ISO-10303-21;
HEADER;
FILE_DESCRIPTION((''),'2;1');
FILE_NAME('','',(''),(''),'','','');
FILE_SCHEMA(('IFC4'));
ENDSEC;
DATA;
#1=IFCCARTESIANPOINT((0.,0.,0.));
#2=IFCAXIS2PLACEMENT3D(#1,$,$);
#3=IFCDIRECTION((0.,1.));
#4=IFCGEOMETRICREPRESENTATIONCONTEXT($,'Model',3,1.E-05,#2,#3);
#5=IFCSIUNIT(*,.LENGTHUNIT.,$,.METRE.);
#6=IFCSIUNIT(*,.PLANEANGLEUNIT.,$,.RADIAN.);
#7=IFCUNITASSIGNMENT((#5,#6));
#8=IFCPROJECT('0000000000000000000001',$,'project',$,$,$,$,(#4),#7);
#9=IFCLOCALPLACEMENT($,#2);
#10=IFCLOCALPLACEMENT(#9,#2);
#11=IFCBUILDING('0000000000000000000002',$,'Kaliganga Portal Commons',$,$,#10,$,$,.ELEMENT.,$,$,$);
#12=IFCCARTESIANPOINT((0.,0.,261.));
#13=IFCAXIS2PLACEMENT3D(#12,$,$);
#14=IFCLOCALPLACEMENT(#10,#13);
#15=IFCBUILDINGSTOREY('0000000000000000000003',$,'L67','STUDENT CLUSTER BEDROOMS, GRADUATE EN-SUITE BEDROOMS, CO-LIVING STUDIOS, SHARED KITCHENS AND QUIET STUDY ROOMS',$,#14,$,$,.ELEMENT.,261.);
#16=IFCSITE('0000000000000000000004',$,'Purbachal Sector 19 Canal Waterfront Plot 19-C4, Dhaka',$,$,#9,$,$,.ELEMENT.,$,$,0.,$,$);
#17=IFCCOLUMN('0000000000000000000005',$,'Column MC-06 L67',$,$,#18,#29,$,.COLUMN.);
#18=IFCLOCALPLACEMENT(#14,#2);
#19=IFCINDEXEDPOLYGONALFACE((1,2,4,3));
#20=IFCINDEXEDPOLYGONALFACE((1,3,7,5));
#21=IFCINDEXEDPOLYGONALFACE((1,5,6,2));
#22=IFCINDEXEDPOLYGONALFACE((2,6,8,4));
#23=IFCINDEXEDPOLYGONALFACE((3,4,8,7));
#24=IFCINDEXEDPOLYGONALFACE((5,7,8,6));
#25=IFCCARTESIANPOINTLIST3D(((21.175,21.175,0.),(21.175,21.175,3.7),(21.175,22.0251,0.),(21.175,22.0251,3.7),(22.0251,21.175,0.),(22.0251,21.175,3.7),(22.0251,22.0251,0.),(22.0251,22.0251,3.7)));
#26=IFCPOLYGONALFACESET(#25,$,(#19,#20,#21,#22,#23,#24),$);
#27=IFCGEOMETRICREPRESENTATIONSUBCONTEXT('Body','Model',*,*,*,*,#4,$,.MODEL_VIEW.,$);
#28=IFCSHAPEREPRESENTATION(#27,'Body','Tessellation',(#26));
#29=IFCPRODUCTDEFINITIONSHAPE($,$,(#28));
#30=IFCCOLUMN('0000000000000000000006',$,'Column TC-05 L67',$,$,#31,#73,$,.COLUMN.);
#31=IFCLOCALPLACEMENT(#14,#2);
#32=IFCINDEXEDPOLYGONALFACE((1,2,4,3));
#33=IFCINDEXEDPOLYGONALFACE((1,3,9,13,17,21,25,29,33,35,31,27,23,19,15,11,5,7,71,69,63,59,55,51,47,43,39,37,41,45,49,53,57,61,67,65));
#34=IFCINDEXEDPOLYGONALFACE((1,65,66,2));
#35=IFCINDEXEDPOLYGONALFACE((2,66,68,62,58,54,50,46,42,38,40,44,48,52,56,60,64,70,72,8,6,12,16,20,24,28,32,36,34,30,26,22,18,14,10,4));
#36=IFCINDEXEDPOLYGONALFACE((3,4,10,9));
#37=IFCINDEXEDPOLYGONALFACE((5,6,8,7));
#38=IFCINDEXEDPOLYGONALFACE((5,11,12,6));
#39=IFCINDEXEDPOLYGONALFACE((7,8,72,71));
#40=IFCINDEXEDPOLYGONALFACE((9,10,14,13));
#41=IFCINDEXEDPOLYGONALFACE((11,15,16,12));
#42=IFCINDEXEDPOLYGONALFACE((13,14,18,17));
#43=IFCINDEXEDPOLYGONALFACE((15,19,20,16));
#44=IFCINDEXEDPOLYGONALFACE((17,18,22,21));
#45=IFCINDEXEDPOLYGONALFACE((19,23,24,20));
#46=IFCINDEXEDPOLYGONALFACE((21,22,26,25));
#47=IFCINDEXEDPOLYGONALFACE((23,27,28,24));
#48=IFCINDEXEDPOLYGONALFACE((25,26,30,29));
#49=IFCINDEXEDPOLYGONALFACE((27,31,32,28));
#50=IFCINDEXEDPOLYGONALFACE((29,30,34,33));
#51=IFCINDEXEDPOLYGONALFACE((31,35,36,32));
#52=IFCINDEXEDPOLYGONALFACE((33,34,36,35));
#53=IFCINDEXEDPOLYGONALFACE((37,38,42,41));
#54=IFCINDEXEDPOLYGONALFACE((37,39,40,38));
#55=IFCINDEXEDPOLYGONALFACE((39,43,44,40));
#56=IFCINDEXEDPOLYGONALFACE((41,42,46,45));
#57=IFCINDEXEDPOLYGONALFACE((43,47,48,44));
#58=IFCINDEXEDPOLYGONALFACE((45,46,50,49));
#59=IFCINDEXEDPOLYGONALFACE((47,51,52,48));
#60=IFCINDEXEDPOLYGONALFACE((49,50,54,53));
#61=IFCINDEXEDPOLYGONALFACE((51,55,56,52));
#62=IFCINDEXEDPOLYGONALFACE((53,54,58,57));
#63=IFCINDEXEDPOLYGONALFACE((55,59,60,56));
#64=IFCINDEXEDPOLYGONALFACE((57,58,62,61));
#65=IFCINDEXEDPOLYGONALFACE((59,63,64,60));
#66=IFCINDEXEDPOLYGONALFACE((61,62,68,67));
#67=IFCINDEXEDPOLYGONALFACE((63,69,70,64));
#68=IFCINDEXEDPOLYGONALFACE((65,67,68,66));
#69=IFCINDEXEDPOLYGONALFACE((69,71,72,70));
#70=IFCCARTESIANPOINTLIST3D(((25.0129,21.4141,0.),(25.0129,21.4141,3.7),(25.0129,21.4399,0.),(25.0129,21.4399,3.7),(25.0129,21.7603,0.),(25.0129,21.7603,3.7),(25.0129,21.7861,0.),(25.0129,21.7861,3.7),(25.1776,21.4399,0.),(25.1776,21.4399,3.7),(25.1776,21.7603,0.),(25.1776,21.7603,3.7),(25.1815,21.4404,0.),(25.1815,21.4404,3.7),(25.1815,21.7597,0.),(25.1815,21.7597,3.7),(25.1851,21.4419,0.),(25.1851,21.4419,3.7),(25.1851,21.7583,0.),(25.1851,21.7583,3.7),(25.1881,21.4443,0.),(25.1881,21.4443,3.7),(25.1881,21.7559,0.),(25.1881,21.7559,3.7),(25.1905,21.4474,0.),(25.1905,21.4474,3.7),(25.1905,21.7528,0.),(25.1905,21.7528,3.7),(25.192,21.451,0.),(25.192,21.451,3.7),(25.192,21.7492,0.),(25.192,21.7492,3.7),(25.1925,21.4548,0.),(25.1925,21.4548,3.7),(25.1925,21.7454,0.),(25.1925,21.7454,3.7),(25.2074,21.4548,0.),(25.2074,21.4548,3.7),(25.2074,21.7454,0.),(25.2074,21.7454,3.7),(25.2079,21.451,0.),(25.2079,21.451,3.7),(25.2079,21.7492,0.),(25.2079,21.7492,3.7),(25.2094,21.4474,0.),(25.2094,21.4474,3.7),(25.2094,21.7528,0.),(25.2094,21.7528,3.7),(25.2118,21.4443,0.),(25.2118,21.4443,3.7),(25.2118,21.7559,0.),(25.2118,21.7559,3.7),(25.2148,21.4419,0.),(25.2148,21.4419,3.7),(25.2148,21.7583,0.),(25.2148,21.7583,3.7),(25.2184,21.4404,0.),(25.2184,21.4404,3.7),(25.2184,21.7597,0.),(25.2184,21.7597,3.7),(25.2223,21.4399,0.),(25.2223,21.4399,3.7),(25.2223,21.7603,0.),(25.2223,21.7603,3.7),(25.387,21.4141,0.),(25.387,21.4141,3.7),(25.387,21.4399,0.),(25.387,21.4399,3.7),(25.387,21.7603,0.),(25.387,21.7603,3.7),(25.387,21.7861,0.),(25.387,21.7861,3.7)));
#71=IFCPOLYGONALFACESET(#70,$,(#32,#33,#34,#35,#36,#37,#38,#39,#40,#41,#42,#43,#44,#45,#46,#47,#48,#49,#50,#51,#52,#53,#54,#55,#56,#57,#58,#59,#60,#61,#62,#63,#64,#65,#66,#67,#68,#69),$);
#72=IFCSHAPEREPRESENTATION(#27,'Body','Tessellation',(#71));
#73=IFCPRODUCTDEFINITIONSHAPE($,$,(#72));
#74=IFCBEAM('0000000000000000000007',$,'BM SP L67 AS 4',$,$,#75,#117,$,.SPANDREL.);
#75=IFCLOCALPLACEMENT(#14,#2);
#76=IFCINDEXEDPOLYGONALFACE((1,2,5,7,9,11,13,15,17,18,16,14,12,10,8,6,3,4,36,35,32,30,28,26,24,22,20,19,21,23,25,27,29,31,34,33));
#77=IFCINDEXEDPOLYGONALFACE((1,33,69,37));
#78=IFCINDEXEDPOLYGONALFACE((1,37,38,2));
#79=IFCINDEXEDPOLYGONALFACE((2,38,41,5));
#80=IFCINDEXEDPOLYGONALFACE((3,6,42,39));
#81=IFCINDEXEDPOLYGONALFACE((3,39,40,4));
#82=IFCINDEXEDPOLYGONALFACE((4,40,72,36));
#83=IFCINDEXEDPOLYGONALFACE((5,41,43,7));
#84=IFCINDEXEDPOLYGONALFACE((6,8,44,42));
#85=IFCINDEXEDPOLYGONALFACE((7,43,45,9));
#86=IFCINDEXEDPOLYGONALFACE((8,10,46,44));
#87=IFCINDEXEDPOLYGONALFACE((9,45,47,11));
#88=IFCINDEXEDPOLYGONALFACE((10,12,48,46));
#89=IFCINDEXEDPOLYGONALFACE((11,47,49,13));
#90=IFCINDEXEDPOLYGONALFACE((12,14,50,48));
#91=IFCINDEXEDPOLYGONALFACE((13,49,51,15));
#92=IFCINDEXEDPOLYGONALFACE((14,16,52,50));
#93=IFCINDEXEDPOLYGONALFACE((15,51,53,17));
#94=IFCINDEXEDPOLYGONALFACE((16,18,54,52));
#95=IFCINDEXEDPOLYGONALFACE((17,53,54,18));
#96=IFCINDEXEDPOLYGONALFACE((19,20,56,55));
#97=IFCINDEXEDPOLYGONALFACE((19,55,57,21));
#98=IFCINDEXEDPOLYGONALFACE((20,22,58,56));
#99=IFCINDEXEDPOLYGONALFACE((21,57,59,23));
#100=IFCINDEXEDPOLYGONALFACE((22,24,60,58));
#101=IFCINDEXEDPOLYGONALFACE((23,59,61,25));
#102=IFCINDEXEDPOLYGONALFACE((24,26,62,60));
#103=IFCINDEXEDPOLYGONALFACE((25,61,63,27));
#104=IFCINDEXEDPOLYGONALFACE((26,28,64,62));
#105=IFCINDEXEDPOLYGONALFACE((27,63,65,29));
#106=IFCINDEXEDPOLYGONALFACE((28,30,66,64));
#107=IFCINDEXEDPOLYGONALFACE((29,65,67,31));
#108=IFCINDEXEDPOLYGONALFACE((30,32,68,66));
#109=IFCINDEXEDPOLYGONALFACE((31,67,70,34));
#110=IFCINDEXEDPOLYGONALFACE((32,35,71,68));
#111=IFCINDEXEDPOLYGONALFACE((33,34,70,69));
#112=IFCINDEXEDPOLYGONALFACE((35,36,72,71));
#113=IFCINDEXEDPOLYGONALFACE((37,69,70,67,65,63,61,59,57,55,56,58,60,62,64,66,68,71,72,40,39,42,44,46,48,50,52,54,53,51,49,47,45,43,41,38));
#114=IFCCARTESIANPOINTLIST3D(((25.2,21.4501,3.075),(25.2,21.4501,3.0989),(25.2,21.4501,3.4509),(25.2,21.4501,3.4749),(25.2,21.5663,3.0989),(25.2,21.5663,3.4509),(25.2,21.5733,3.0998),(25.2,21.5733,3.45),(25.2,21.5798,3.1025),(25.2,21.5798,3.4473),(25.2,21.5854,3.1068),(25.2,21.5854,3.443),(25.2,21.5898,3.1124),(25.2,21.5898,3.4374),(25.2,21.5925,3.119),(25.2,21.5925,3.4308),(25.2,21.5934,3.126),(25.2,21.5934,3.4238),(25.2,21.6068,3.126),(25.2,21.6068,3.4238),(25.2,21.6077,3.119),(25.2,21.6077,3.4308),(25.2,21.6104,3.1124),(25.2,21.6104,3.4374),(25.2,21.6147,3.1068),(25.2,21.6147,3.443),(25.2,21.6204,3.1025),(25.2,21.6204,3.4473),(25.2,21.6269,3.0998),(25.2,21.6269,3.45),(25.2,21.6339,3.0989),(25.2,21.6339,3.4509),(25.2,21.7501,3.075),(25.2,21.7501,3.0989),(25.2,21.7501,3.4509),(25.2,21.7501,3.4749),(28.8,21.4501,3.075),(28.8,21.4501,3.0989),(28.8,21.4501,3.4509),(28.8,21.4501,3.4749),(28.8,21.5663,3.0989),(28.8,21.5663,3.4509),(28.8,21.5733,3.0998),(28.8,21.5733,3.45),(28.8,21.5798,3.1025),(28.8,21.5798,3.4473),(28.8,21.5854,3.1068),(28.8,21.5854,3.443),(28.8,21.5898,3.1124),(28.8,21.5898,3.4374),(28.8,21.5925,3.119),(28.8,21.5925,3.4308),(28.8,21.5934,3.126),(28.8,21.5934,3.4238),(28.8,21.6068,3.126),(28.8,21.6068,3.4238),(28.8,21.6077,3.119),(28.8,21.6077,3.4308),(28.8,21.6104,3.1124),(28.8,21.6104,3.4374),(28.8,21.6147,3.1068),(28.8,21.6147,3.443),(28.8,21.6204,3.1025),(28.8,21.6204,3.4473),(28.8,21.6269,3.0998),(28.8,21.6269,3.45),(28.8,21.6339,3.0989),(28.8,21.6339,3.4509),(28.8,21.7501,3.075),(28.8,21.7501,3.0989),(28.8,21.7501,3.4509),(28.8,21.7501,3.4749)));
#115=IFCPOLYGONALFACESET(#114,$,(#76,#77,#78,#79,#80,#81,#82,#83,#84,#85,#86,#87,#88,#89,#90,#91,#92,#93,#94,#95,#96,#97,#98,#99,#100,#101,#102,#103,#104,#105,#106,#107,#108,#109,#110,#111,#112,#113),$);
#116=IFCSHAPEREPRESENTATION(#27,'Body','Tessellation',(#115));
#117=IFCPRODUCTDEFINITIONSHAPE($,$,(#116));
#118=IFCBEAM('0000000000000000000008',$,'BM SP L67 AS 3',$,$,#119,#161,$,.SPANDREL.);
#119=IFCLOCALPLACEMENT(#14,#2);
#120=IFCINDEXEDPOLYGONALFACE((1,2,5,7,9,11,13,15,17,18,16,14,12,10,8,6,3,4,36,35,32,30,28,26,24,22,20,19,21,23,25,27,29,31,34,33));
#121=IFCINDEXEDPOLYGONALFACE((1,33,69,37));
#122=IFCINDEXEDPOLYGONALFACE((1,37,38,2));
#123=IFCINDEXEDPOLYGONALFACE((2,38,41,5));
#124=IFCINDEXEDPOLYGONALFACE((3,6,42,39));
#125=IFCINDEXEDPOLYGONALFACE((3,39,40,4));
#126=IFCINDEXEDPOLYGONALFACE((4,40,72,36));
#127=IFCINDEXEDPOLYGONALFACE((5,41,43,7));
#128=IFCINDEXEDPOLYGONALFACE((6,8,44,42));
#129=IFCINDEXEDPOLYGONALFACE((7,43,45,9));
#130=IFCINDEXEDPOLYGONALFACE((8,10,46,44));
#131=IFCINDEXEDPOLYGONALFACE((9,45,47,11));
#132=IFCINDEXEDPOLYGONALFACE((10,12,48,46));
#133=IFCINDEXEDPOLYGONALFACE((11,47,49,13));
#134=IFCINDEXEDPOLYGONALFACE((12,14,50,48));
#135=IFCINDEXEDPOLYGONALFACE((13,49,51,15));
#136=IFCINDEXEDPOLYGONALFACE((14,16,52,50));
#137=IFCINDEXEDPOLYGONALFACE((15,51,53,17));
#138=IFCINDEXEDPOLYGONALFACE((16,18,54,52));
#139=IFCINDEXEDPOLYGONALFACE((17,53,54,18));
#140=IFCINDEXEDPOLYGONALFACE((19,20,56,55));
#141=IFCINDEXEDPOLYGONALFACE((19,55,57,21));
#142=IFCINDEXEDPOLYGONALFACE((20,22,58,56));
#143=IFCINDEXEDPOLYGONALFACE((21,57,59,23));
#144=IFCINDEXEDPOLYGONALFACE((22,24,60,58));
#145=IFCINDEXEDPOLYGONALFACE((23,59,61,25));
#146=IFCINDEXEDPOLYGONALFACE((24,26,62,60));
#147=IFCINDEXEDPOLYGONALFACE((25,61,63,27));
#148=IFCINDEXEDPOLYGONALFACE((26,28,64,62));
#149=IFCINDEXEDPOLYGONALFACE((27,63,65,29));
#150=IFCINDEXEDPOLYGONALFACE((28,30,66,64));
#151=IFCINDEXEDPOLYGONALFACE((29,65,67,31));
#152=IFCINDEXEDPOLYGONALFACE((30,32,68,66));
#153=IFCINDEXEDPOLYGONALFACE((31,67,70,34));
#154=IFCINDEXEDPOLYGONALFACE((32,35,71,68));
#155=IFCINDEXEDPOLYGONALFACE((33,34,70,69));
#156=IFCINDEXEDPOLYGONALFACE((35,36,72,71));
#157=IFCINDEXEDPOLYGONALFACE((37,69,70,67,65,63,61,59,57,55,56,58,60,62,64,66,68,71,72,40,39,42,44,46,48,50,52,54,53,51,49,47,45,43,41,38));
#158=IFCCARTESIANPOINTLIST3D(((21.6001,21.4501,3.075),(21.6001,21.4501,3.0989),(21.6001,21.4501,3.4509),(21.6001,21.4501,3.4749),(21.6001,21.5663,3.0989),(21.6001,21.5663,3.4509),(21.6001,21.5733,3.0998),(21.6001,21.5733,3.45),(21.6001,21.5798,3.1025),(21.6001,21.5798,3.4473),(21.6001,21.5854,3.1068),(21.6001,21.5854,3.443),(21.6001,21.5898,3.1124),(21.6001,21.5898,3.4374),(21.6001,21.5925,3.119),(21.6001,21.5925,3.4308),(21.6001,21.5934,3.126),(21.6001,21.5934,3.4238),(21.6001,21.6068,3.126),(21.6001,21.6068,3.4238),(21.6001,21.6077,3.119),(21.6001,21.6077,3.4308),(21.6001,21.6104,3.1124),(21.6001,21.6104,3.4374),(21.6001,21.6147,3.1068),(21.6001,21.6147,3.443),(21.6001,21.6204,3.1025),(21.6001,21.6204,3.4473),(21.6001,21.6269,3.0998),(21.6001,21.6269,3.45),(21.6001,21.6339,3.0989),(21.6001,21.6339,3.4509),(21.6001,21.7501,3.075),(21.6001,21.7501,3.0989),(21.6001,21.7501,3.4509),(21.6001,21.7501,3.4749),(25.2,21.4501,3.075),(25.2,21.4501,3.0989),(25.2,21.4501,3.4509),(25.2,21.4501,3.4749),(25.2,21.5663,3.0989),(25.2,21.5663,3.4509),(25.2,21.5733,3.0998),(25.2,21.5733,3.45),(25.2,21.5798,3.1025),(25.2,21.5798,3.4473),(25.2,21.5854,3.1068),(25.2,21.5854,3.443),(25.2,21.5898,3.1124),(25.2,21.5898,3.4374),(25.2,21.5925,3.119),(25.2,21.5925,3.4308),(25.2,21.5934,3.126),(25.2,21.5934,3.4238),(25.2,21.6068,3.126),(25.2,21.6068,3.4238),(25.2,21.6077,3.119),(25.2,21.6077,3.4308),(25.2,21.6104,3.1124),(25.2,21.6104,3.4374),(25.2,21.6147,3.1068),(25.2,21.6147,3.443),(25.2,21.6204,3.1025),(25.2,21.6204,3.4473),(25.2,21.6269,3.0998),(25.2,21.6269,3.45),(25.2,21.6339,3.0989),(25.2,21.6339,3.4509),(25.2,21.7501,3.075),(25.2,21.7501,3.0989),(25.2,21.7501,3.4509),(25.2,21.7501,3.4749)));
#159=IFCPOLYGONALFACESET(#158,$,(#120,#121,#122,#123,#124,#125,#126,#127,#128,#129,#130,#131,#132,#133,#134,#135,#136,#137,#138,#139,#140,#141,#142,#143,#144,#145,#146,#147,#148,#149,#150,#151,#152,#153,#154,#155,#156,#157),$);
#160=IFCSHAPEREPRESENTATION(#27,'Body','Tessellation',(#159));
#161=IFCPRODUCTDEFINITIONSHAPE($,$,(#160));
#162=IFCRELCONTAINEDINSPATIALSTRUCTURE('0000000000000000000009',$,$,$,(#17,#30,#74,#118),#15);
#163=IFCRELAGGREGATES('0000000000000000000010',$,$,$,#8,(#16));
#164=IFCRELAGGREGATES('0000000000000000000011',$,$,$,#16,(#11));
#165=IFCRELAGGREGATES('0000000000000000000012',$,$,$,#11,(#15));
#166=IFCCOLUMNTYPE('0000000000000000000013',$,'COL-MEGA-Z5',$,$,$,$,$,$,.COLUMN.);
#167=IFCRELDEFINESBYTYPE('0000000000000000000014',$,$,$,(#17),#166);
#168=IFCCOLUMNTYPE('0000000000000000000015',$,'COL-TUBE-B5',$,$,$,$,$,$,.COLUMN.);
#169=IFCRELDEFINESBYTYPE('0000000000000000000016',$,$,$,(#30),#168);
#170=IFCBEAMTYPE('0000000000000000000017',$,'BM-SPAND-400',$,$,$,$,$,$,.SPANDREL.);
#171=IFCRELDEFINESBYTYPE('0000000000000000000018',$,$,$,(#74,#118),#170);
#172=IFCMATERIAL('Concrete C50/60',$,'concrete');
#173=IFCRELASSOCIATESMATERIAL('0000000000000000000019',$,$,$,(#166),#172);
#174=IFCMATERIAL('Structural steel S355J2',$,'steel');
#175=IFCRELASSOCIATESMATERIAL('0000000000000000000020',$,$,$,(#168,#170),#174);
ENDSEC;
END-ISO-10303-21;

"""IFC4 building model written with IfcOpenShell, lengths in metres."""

from ifc_helpers import new_model, si_unit, direction, frame, origin, origin_2d, place, context, subcontext, project, spatial, rectangle, i_section, extrude, source, transform, mapped, material, material_profile, profile_set, type_object, element, save


model = new_model("IFC4")

# Units and contexts
model_context = context("Model", 3, precision=1e-05, world=origin(), true_north=direction((0.0, 1.0)))
body_context = subcontext(model_context, "Body", "Model", "MODEL_VIEW")
ifc_project = project(units=[si_unit("LENGTHUNIT", "METRE"), si_unit("PLANEANGLEUNIT", "RADIAN")], contexts=[model_context])

# Site, building, storey
site_placement = place(None, origin())
site = spatial("IfcSite", under=ifc_project, at=site_placement, Name="Purbachal Sector 19 Canal Waterfront Plot 19-C4, Dhaka", CompositionType="ELEMENT", RefElevation=0.0)
building_placement = place(site_placement, origin())
building = spatial("IfcBuilding", under=site, at=building_placement, Name="Kaliganga Portal Commons", CompositionType="ELEMENT")
storey_placement = place(building_placement, frame((0.0, 0.0, 261.0)))
storey = spatial("IfcBuildingStorey", under=building, at=storey_placement, Name="L67", Description="STUDENT CLUSTER BEDROOMS, GRADUATE EN-SUITE BEDROOMS, CO-LIVING STUDIOS, SHARED KITCHENS AND QUIET STUDY ROOMS", CompositionType="ELEMENT", Elevation=261.0)

# Columns
ifc_material_1 = material(Name="Concrete C50/60", Category="concrete")
ifc_material_profile_1 = material_profile(ifc_material_1, rectangle(XDim=0.8501, YDim=0.8501, at=origin_2d()), Name="RC 850x850")
ifc_profile_set_1 = profile_set([ifc_material_profile_1], Name="Concrete C50/60")
column_type_1 = type_object("IfcColumnType", Name="COL-MEGA-Z5", PredefinedType="COLUMN", material=ifc_profile_set_1)
shared_shape_1 = source(origin(), body_context, "Body", "SweptSolid", [
    extrude(rectangle(XDim=0.8501, YDim=0.8501, at=origin_2d()), origin(), (0.0, 0.0, 1.0), 3.7),
])
column_1_placement = place(storey_placement, frame((21.6001, 21.6001, 0.0), z_axis=(0.0, 0.0, 1.0), x_axis=(1.0, 0.0, 0.0)))
element("IfcColumn", 1, at=column_1_placement, inside=storey, type_object=column_type_1, Name="Column MC-06 L67", PredefinedType="COLUMN", context=body_context, shape_type="MappedRepresentation", body=[
    mapped(shared_shape_1, transform((0.0, 0.0, 0.0), x_axis=(1.0, 0.0, 0.0), y_axis=(0.0, 1.0, 0.0), z_axis=(0.0, 0.0, 1.0), scale=1.0)),
])
ifc_material_2 = material(Name="Structural steel S355J2", Category="steel")
ifc_material_profile_2 = material_profile(ifc_material_2, i_section(OverallWidth=0.374, OverallDepth=0.3721, WebThickness=0.0149, FlangeThickness=0.0259, FilletRadius=0.0149, at=origin_2d()), Name="HD 360x196")
ifc_profile_set_2 = profile_set([ifc_material_profile_2], Name="Structural steel S355J2 wide-flange")
column_type_2 = type_object("IfcColumnType", Name="COL-TUBE-B5", PredefinedType="COLUMN", material=ifc_profile_set_2)
shared_shape_2 = source(origin(), body_context, "Body", "SweptSolid", [
    extrude(i_section(OverallWidth=0.374, OverallDepth=0.3721, WebThickness=0.0149, FlangeThickness=0.0259, FilletRadius=0.0149, at=origin_2d()), origin(), (0.0, 0.0, 1.0), 3.7),
])
column_2_placement = place(storey_placement, frame((25.2, 21.6001, 0.0), z_axis=(0.0, 0.0, 1.0), x_axis=(1.0, 0.0, 0.0)))
element("IfcColumn", 2, at=column_2_placement, inside=storey, type_object=column_type_2, Name="Column TC-05 L67", PredefinedType="COLUMN", context=body_context, shape_type="MappedRepresentation", body=[
    mapped(shared_shape_2, transform((0.0, 0.0, 0.0), x_axis=(1.0, 0.0, 0.0), y_axis=(0.0, 1.0, 0.0), z_axis=(0.0, 0.0, 1.0), scale=1.0)),
])

# Beams
ifc_material_profile_3 = material_profile(ifc_material_2, i_section(OverallWidth=0.3, OverallDepth=0.3999, WebThickness=0.0134, FlangeThickness=0.0239, FilletRadius=0.0271, at=origin_2d()), Name="HE 400 B")
ifc_profile_set_3 = profile_set([ifc_material_profile_3], Name="Structural steel S355J2 wide-flange")
beam_type_1 = type_object("IfcBeamType", Name="BM-SPAND-400", PredefinedType="SPANDREL", material=ifc_profile_set_3)
shared_shape_3 = source(origin(), body_context, "Body", "SweptSolid", [
    extrude(i_section(OverallWidth=0.3, OverallDepth=0.3999, WebThickness=0.0134, FlangeThickness=0.0239, FilletRadius=0.0271, at=origin_2d()), origin(), (0.0, 0.0, 1.0), 3.6001),
])
beam_1_placement = place(storey_placement, frame((25.2, 21.6001, 3.2749), z_axis=(1.0, 0.0, 0.0), x_axis=(0.0, 1.0, 0.0)))
element("IfcBeam", 3, at=beam_1_placement, inside=storey, type_object=beam_type_1, Name="BM SP L67 AS 4", PredefinedType="SPANDREL", context=body_context, shape_type="MappedRepresentation", body=[
    mapped(shared_shape_3, transform((0.0, 0.0, 0.0), x_axis=(1.0, 0.0, 0.0), y_axis=(0.0, 1.0, 0.0), z_axis=(0.0, 0.0, 1.0), scale=1.0)),
])
shared_shape_4 = source(origin(), body_context, "Body", "SweptSolid", [
    extrude(i_section(OverallWidth=0.3, OverallDepth=0.3999, WebThickness=0.0134, FlangeThickness=0.0239, FilletRadius=0.0271, at=origin_2d()), origin(), (0.0, 0.0, 1.0), 3.5999),
])
beam_2_placement = place(storey_placement, frame((21.6001, 21.6001, 3.2749), z_axis=(1.0, 0.0, 0.0), x_axis=(0.0, 1.0, 0.0)))
element("IfcBeam", 4, at=beam_2_placement, inside=storey, type_object=beam_type_1, Name="BM SP L67 AS 3", PredefinedType="SPANDREL", context=body_context, shape_type="MappedRepresentation", body=[
    mapped(shared_shape_4, transform((0.0, 0.0, 0.0), x_axis=(1.0, 0.0, 0.0), y_axis=(0.0, 1.0, 0.0), z_axis=(0.0, 0.0, 1.0), scale=1.0)),
])

save(model, "model.ifc")
